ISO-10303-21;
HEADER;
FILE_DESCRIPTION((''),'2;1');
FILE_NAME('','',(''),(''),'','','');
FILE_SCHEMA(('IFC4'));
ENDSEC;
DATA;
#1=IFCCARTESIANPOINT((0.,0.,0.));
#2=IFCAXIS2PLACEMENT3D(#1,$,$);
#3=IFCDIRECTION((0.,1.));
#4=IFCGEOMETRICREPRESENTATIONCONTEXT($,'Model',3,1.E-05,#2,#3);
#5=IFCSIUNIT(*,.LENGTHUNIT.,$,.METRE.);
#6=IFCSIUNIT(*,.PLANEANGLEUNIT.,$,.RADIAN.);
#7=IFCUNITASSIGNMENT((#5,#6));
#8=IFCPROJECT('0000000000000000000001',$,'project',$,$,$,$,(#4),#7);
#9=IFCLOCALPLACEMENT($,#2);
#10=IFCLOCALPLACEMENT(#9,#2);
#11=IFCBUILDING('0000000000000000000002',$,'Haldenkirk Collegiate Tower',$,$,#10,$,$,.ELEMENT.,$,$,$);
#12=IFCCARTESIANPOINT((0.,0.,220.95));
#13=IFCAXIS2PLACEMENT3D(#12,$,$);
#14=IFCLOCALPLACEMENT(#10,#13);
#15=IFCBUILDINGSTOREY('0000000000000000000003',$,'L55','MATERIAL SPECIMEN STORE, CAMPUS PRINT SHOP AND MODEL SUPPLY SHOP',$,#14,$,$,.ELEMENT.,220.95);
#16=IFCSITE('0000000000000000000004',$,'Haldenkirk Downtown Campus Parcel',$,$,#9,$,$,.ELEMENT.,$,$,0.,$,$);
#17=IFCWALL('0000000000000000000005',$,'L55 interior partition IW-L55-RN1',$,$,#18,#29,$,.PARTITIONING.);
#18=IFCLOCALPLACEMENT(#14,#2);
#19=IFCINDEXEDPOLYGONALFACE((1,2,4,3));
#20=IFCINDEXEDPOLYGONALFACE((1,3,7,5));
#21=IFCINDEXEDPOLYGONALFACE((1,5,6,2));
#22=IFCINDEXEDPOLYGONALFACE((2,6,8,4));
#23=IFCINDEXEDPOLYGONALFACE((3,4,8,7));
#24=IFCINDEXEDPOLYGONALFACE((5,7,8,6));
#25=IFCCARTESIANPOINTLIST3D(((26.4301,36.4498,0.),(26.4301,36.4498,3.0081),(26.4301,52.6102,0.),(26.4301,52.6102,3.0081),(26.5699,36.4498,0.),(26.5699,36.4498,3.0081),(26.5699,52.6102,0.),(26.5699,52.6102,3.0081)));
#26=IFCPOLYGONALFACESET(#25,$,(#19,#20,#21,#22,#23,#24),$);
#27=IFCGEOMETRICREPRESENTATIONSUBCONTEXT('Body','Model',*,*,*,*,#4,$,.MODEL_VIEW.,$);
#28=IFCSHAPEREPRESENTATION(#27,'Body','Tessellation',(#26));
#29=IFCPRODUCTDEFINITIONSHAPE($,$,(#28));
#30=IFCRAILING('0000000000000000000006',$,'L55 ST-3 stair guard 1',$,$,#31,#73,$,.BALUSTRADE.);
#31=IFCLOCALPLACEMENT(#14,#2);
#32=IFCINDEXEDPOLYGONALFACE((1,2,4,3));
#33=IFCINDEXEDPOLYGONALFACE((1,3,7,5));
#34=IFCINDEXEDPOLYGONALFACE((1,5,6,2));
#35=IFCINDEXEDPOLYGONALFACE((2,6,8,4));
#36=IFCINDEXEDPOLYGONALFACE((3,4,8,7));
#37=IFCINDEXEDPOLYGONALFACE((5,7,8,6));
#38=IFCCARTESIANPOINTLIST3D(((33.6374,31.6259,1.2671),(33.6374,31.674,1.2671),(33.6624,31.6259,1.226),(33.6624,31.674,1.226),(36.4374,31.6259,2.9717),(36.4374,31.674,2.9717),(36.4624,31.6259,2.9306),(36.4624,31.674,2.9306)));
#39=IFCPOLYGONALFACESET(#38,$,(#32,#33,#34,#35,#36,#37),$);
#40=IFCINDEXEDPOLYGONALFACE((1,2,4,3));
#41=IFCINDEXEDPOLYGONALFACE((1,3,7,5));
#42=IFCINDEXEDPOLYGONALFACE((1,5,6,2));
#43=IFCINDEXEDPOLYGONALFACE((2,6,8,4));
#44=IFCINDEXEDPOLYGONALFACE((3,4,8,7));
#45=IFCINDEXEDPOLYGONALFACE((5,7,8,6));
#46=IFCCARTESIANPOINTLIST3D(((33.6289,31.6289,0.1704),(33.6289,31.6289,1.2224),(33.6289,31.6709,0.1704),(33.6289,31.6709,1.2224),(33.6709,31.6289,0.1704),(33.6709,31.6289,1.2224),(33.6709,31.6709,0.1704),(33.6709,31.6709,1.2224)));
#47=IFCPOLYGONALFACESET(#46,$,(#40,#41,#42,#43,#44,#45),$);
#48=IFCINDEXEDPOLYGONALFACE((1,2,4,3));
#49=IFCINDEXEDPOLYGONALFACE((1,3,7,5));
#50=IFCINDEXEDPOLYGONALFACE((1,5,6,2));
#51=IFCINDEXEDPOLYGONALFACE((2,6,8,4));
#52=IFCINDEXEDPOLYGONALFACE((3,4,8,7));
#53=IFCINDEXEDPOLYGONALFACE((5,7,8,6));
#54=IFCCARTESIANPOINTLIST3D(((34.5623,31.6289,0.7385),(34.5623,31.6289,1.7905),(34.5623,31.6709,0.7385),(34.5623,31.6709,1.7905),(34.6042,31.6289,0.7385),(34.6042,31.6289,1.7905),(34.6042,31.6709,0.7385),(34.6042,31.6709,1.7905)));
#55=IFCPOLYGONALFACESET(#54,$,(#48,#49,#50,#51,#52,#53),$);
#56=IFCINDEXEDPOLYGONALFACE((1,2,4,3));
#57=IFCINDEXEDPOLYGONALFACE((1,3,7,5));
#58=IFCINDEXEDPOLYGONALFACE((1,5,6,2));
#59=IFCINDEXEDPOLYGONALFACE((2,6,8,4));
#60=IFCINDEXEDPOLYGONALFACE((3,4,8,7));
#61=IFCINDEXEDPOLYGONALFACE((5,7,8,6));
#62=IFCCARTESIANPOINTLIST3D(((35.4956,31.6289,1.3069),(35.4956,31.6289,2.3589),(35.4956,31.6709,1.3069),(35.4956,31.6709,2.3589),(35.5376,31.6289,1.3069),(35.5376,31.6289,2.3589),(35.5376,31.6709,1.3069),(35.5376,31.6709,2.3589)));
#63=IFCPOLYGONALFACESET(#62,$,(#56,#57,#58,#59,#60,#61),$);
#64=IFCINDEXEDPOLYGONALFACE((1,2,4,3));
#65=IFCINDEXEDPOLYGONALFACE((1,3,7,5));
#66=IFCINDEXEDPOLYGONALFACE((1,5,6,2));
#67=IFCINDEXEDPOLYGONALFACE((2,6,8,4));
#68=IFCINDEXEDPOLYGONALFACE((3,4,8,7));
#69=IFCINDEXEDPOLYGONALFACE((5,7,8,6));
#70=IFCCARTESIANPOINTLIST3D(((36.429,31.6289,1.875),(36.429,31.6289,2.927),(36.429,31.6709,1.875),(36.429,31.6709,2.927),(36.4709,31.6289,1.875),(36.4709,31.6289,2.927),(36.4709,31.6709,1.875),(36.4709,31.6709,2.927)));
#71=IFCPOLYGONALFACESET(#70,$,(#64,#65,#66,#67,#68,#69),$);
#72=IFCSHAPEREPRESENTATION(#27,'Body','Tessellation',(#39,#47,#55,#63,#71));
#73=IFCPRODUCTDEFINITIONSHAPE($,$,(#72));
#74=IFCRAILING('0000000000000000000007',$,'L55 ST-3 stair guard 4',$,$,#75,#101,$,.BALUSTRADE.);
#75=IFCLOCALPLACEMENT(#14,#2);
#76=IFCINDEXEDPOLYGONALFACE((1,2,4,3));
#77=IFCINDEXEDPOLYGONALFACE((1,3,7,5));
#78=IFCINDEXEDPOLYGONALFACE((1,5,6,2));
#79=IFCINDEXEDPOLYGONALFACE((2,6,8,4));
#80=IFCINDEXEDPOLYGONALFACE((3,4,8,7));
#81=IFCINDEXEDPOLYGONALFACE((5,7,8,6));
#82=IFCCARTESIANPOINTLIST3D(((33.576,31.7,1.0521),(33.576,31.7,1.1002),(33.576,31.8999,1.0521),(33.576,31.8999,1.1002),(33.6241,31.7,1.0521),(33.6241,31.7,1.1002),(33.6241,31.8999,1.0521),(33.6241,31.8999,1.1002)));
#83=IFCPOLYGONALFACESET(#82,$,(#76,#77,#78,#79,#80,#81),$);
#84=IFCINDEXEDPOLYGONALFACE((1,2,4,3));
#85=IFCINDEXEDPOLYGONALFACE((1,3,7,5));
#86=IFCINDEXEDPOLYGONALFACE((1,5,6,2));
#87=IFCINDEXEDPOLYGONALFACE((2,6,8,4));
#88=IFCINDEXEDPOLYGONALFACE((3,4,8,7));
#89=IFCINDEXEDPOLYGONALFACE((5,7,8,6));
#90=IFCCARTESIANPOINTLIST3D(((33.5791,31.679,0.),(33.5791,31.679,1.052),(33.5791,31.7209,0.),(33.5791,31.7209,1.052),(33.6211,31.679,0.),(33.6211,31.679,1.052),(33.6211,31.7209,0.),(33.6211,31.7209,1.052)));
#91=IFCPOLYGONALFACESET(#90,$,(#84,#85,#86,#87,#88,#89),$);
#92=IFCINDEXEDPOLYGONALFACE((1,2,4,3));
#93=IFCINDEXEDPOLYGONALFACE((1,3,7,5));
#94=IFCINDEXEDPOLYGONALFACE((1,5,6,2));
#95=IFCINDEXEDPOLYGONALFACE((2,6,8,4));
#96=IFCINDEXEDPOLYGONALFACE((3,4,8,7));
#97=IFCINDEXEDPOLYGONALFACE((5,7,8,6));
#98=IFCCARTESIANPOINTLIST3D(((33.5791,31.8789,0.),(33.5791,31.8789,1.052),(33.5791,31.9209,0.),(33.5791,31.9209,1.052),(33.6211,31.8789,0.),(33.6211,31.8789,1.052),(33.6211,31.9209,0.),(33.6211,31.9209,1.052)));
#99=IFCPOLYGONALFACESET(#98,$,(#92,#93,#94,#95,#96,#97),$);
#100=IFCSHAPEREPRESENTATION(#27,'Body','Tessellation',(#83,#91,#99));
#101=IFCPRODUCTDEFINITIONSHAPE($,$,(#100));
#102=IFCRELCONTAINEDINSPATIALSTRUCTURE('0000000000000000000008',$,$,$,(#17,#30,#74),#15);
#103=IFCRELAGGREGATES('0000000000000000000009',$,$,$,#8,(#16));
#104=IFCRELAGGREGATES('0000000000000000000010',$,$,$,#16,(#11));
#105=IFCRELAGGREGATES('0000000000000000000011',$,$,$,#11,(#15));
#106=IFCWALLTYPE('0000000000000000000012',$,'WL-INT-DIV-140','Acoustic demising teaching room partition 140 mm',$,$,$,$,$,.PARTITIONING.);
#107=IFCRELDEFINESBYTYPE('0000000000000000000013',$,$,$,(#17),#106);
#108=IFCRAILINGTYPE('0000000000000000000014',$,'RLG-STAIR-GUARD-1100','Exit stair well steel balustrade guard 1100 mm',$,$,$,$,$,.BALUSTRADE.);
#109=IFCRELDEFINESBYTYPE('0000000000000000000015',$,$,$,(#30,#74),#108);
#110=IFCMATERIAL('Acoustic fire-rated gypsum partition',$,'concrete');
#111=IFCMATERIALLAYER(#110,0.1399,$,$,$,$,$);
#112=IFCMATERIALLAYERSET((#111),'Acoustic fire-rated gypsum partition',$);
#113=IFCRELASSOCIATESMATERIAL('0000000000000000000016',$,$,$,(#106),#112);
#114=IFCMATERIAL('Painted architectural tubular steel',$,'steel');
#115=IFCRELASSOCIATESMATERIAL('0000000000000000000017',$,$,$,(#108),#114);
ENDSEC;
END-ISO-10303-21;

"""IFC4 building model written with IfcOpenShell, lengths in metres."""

from ifc_helpers import new_model, si_unit, direction, frame, frame_2d, origin, origin_2d, place, context, subcontext, project, spatial, rectangle, extrude, material, layer, layer_set, type_object, element, save


model = new_model("IFC4")

# Units and contexts
model_context = context("Model", 3, precision=1e-05, world=origin(), true_north=direction((0.0, 1.0)))
body_context = subcontext(model_context, "Body", "Model", "MODEL_VIEW")
ifc_project = project(units=[si_unit("LENGTHUNIT", "METRE"), si_unit("PLANEANGLEUNIT", "RADIAN")], contexts=[model_context])

# Site, building, storey
site_placement = place(None, origin())
site = spatial("IfcSite", under=ifc_project, at=site_placement, Name="Haldenkirk Downtown Campus Parcel", CompositionType="ELEMENT", RefElevation=0.0)
building_placement = place(site_placement, origin())
building = spatial("IfcBuilding", under=site, at=building_placement, Name="Haldenkirk Collegiate Tower", CompositionType="ELEMENT")
storey_placement = place(building_placement, frame((0.0, 0.0, 220.95)))
storey = spatial("IfcBuildingStorey", under=building, at=storey_placement, Name="L55", Description="MATERIAL SPECIMEN STORE, CAMPUS PRINT SHOP AND MODEL SUPPLY SHOP", CompositionType="ELEMENT", Elevation=220.95)

# Shared definitions
ifc_material_1 = material(Name="Acoustic fire-rated gypsum partition", Category="concrete")

# Wall
ifc_layer_1 = layer(ifc_material_1, 0.1399)
ifc_layer_set_1 = layer_set([ifc_layer_1], Name="Acoustic fire-rated gypsum partition")
wall_type_1 = type_object("IfcWallType", Name="WL-INT-DIV-140", Description="Acoustic demising teaching room partition 140 mm", PredefinedType="PARTITIONING", material=ifc_layer_set_1)
wall_1_placement = place(storey_placement, frame((26.5, 36.45, 0.0), z_axis=(0.0, 0.0, 1.0), x_axis=(0.0, 1.0, 0.0)))
element("IfcWall", 1, at=wall_1_placement, inside=storey, type_object=wall_type_1, Name="L55 interior partition IW-L55-RN1", PredefinedType="PARTITIONING", context=body_context, shape_type="SweptSolid", body=[
    extrude(rectangle(XDim=16.1604, YDim=0.1399, at=frame_2d((8.0801, 0.0))), origin(), (0.0, 0.0, 1.0), 3.0081),
])

# Railings
ifc_material_2 = material(Name="Painted architectural tubular steel", Category="steel")
railing_type = type_object("IfcRailingType", Name="RLG-STAIR-GUARD-1100", Description="Exit stair well steel balustrade guard 1100 mm", PredefinedType="BALUSTRADE", material=ifc_material_2)
railing_1_placement = place(storey_placement, frame((33.6499, 31.6499, 0.1704)))
element("IfcRailing", 2, at=railing_1_placement, inside=storey, type_object=railing_type, Name="L55 ST-3 stair guard 1", PredefinedType="BALUSTRADE", context=body_context, shape_type="SweptSolid", body=[
    extrude(rectangle(XDim=0.0481, YDim=0.0481, at=origin_2d()), frame((0.0, 0.0, 1.0762), z_axis=(0.85417, 0.0, 0.519994), x_axis=(0.0, 1.0, 0.0)), (0.0, 0.0, 1.0), 3.2781),
    extrude(rectangle(XDim=0.042, YDim=0.042, at=origin_2d()), origin(), (0.0, 0.0, 1.0), 1.052),
    extrude(rectangle(XDim=0.042, YDim=0.042, at=origin_2d()), frame((0.9333, 0.0, 0.5681)), (0.0, 0.0, 1.0), 1.052),
    extrude(rectangle(XDim=0.042, YDim=0.042, at=origin_2d()), frame((1.8667, 0.0, 1.1365)), (0.0, 0.0, 1.0), 1.052),
    extrude(rectangle(XDim=0.042, YDim=0.042, at=origin_2d()), frame((2.8, 0.0, 1.7046)), (0.0, 0.0, 1.0), 1.052),
])
railing_2_placement = place(storey_placement, frame((33.6001, 31.7, 0.0)))
element("IfcRailing", 3, at=railing_2_placement, inside=storey, type_object=railing_type, Name="L55 ST-3 stair guard 4", PredefinedType="BALUSTRADE", context=body_context, shape_type="SweptSolid", body=[
    extrude(rectangle(XDim=0.0481, YDim=0.0481, at=origin_2d()), frame((0.0, 0.0, 1.0762), z_axis=(0.0, 1.0, 0.0), x_axis=(-1.0, 0.0, 0.0)), (0.0, 0.0, 1.0), 0.2),
    extrude(rectangle(XDim=0.042, YDim=0.042, at=origin_2d()), origin(), (0.0, 0.0, 1.0), 1.052),
    extrude(rectangle(XDim=0.042, YDim=0.042, at=origin_2d()), frame((0.0, 0.2, 0.0)), (0.0, 0.0, 1.0), 1.052),
])

save(model, "model.ifc")
